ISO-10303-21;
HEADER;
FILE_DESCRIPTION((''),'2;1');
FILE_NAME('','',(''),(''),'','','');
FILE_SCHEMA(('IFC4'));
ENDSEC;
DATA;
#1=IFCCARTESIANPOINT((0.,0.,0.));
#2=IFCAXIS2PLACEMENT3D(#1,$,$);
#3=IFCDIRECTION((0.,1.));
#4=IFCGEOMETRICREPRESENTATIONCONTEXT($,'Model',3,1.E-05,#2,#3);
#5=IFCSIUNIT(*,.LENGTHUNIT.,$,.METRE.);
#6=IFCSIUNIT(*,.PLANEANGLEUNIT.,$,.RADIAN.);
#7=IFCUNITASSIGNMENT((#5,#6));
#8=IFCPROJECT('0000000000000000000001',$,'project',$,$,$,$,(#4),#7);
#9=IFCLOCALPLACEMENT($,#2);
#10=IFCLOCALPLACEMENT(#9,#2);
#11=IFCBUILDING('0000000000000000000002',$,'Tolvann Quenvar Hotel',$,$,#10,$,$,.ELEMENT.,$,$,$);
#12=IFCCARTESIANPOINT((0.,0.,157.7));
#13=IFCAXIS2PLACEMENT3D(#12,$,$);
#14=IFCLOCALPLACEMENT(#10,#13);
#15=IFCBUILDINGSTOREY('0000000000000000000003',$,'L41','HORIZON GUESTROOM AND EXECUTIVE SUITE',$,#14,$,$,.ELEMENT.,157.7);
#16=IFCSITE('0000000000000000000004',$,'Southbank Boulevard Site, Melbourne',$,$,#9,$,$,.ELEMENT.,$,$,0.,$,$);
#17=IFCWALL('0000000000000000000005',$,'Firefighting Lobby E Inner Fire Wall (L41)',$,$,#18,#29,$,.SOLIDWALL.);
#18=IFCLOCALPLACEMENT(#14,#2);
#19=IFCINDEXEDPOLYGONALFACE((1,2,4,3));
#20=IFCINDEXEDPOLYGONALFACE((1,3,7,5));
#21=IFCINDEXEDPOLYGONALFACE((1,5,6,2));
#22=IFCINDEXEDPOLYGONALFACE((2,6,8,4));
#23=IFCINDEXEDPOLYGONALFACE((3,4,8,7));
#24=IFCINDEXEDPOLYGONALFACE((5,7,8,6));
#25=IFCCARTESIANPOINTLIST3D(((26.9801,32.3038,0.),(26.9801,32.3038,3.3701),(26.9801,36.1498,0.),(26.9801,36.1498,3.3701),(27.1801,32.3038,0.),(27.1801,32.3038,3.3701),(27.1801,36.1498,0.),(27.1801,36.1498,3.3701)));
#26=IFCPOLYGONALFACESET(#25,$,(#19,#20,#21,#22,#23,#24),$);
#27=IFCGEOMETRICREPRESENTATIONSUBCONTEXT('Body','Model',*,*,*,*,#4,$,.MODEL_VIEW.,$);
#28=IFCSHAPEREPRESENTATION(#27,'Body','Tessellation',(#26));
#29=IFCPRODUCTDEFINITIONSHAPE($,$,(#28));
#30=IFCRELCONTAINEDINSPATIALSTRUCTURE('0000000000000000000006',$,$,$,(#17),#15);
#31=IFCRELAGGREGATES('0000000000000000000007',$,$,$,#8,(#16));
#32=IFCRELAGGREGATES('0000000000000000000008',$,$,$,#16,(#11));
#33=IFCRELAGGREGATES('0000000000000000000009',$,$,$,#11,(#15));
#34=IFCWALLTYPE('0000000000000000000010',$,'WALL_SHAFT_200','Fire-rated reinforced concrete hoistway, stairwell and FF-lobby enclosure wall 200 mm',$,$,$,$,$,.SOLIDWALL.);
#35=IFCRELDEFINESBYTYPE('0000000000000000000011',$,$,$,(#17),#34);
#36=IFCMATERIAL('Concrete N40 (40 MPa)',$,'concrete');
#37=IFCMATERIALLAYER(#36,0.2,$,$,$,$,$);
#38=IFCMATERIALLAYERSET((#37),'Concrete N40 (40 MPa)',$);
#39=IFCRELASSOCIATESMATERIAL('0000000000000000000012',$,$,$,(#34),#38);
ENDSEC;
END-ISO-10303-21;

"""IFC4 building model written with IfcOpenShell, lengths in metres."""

from ifc_helpers import new_model, si_unit, direction, frame, frame_2d, origin, place, context, subcontext, project, spatial, rectangle, extrude, material, layer, layer_set, type_object, element, save


model = new_model("IFC4")

# Units and contexts
model_context = context("Model", 3, precision=1e-05, world=origin(), true_north=direction((0.0, 1.0)))
body_context = subcontext(model_context, "Body", "Model", "MODEL_VIEW")
ifc_project = project(units=[si_unit("LENGTHUNIT", "METRE"), si_unit("PLANEANGLEUNIT", "RADIAN")], contexts=[model_context])

# Site, building, storey
site_placement = place(None, origin())
site = spatial("IfcSite", under=ifc_project, at=site_placement, Name="Southbank Boulevard Site, Melbourne", CompositionType="ELEMENT", RefElevation=0.0)
building_placement = place(site_placement, origin())
building = spatial("IfcBuilding", under=site, at=building_placement, Name="Tolvann Quenvar Hotel", CompositionType="ELEMENT")
storey_placement = place(building_placement, frame((0.0, 0.0, 157.7)))
storey = spatial("IfcBuildingStorey", under=building, at=storey_placement, Name="L41", Description="HORIZON GUESTROOM AND EXECUTIVE SUITE", CompositionType="ELEMENT", Elevation=157.7)

# Wall
ifc_material_1 = material(Name="Concrete N40 (40 MPa)", Category="concrete")
ifc_layer_1 = layer(ifc_material_1, 0.2)
ifc_layer_set_1 = layer_set([ifc_layer_1], Name="Concrete N40 (40 MPa)")
wall_type_1 = type_object("IfcWallType", Name="WALL_SHAFT_200", Description="Fire-rated reinforced concrete hoistway, stairwell and FF-lobby enclosure wall 200 mm", PredefinedType="SOLIDWALL", material=ifc_layer_set_1)
wall_1_placement = place(storey_placement, frame((27.0801, 32.304, 0.0), z_axis=(0.0, 0.0, 1.0), x_axis=(0.0, 1.0, 0.0)))
element("IfcWall", 1, at=wall_1_placement, inside=storey, type_object=wall_type_1, Name="Firefighting Lobby E Inner Fire Wall (L41)", PredefinedType="SOLIDWALL", context=body_context, shape_type="SweptSolid", body=[
    extrude(rectangle(XDim=3.8459, YDim=0.2, at=frame_2d((1.9229, 0.0))), origin(), (0.0, 0.0, 1.0), 3.3701),
])

save(model, "model.ifc")
